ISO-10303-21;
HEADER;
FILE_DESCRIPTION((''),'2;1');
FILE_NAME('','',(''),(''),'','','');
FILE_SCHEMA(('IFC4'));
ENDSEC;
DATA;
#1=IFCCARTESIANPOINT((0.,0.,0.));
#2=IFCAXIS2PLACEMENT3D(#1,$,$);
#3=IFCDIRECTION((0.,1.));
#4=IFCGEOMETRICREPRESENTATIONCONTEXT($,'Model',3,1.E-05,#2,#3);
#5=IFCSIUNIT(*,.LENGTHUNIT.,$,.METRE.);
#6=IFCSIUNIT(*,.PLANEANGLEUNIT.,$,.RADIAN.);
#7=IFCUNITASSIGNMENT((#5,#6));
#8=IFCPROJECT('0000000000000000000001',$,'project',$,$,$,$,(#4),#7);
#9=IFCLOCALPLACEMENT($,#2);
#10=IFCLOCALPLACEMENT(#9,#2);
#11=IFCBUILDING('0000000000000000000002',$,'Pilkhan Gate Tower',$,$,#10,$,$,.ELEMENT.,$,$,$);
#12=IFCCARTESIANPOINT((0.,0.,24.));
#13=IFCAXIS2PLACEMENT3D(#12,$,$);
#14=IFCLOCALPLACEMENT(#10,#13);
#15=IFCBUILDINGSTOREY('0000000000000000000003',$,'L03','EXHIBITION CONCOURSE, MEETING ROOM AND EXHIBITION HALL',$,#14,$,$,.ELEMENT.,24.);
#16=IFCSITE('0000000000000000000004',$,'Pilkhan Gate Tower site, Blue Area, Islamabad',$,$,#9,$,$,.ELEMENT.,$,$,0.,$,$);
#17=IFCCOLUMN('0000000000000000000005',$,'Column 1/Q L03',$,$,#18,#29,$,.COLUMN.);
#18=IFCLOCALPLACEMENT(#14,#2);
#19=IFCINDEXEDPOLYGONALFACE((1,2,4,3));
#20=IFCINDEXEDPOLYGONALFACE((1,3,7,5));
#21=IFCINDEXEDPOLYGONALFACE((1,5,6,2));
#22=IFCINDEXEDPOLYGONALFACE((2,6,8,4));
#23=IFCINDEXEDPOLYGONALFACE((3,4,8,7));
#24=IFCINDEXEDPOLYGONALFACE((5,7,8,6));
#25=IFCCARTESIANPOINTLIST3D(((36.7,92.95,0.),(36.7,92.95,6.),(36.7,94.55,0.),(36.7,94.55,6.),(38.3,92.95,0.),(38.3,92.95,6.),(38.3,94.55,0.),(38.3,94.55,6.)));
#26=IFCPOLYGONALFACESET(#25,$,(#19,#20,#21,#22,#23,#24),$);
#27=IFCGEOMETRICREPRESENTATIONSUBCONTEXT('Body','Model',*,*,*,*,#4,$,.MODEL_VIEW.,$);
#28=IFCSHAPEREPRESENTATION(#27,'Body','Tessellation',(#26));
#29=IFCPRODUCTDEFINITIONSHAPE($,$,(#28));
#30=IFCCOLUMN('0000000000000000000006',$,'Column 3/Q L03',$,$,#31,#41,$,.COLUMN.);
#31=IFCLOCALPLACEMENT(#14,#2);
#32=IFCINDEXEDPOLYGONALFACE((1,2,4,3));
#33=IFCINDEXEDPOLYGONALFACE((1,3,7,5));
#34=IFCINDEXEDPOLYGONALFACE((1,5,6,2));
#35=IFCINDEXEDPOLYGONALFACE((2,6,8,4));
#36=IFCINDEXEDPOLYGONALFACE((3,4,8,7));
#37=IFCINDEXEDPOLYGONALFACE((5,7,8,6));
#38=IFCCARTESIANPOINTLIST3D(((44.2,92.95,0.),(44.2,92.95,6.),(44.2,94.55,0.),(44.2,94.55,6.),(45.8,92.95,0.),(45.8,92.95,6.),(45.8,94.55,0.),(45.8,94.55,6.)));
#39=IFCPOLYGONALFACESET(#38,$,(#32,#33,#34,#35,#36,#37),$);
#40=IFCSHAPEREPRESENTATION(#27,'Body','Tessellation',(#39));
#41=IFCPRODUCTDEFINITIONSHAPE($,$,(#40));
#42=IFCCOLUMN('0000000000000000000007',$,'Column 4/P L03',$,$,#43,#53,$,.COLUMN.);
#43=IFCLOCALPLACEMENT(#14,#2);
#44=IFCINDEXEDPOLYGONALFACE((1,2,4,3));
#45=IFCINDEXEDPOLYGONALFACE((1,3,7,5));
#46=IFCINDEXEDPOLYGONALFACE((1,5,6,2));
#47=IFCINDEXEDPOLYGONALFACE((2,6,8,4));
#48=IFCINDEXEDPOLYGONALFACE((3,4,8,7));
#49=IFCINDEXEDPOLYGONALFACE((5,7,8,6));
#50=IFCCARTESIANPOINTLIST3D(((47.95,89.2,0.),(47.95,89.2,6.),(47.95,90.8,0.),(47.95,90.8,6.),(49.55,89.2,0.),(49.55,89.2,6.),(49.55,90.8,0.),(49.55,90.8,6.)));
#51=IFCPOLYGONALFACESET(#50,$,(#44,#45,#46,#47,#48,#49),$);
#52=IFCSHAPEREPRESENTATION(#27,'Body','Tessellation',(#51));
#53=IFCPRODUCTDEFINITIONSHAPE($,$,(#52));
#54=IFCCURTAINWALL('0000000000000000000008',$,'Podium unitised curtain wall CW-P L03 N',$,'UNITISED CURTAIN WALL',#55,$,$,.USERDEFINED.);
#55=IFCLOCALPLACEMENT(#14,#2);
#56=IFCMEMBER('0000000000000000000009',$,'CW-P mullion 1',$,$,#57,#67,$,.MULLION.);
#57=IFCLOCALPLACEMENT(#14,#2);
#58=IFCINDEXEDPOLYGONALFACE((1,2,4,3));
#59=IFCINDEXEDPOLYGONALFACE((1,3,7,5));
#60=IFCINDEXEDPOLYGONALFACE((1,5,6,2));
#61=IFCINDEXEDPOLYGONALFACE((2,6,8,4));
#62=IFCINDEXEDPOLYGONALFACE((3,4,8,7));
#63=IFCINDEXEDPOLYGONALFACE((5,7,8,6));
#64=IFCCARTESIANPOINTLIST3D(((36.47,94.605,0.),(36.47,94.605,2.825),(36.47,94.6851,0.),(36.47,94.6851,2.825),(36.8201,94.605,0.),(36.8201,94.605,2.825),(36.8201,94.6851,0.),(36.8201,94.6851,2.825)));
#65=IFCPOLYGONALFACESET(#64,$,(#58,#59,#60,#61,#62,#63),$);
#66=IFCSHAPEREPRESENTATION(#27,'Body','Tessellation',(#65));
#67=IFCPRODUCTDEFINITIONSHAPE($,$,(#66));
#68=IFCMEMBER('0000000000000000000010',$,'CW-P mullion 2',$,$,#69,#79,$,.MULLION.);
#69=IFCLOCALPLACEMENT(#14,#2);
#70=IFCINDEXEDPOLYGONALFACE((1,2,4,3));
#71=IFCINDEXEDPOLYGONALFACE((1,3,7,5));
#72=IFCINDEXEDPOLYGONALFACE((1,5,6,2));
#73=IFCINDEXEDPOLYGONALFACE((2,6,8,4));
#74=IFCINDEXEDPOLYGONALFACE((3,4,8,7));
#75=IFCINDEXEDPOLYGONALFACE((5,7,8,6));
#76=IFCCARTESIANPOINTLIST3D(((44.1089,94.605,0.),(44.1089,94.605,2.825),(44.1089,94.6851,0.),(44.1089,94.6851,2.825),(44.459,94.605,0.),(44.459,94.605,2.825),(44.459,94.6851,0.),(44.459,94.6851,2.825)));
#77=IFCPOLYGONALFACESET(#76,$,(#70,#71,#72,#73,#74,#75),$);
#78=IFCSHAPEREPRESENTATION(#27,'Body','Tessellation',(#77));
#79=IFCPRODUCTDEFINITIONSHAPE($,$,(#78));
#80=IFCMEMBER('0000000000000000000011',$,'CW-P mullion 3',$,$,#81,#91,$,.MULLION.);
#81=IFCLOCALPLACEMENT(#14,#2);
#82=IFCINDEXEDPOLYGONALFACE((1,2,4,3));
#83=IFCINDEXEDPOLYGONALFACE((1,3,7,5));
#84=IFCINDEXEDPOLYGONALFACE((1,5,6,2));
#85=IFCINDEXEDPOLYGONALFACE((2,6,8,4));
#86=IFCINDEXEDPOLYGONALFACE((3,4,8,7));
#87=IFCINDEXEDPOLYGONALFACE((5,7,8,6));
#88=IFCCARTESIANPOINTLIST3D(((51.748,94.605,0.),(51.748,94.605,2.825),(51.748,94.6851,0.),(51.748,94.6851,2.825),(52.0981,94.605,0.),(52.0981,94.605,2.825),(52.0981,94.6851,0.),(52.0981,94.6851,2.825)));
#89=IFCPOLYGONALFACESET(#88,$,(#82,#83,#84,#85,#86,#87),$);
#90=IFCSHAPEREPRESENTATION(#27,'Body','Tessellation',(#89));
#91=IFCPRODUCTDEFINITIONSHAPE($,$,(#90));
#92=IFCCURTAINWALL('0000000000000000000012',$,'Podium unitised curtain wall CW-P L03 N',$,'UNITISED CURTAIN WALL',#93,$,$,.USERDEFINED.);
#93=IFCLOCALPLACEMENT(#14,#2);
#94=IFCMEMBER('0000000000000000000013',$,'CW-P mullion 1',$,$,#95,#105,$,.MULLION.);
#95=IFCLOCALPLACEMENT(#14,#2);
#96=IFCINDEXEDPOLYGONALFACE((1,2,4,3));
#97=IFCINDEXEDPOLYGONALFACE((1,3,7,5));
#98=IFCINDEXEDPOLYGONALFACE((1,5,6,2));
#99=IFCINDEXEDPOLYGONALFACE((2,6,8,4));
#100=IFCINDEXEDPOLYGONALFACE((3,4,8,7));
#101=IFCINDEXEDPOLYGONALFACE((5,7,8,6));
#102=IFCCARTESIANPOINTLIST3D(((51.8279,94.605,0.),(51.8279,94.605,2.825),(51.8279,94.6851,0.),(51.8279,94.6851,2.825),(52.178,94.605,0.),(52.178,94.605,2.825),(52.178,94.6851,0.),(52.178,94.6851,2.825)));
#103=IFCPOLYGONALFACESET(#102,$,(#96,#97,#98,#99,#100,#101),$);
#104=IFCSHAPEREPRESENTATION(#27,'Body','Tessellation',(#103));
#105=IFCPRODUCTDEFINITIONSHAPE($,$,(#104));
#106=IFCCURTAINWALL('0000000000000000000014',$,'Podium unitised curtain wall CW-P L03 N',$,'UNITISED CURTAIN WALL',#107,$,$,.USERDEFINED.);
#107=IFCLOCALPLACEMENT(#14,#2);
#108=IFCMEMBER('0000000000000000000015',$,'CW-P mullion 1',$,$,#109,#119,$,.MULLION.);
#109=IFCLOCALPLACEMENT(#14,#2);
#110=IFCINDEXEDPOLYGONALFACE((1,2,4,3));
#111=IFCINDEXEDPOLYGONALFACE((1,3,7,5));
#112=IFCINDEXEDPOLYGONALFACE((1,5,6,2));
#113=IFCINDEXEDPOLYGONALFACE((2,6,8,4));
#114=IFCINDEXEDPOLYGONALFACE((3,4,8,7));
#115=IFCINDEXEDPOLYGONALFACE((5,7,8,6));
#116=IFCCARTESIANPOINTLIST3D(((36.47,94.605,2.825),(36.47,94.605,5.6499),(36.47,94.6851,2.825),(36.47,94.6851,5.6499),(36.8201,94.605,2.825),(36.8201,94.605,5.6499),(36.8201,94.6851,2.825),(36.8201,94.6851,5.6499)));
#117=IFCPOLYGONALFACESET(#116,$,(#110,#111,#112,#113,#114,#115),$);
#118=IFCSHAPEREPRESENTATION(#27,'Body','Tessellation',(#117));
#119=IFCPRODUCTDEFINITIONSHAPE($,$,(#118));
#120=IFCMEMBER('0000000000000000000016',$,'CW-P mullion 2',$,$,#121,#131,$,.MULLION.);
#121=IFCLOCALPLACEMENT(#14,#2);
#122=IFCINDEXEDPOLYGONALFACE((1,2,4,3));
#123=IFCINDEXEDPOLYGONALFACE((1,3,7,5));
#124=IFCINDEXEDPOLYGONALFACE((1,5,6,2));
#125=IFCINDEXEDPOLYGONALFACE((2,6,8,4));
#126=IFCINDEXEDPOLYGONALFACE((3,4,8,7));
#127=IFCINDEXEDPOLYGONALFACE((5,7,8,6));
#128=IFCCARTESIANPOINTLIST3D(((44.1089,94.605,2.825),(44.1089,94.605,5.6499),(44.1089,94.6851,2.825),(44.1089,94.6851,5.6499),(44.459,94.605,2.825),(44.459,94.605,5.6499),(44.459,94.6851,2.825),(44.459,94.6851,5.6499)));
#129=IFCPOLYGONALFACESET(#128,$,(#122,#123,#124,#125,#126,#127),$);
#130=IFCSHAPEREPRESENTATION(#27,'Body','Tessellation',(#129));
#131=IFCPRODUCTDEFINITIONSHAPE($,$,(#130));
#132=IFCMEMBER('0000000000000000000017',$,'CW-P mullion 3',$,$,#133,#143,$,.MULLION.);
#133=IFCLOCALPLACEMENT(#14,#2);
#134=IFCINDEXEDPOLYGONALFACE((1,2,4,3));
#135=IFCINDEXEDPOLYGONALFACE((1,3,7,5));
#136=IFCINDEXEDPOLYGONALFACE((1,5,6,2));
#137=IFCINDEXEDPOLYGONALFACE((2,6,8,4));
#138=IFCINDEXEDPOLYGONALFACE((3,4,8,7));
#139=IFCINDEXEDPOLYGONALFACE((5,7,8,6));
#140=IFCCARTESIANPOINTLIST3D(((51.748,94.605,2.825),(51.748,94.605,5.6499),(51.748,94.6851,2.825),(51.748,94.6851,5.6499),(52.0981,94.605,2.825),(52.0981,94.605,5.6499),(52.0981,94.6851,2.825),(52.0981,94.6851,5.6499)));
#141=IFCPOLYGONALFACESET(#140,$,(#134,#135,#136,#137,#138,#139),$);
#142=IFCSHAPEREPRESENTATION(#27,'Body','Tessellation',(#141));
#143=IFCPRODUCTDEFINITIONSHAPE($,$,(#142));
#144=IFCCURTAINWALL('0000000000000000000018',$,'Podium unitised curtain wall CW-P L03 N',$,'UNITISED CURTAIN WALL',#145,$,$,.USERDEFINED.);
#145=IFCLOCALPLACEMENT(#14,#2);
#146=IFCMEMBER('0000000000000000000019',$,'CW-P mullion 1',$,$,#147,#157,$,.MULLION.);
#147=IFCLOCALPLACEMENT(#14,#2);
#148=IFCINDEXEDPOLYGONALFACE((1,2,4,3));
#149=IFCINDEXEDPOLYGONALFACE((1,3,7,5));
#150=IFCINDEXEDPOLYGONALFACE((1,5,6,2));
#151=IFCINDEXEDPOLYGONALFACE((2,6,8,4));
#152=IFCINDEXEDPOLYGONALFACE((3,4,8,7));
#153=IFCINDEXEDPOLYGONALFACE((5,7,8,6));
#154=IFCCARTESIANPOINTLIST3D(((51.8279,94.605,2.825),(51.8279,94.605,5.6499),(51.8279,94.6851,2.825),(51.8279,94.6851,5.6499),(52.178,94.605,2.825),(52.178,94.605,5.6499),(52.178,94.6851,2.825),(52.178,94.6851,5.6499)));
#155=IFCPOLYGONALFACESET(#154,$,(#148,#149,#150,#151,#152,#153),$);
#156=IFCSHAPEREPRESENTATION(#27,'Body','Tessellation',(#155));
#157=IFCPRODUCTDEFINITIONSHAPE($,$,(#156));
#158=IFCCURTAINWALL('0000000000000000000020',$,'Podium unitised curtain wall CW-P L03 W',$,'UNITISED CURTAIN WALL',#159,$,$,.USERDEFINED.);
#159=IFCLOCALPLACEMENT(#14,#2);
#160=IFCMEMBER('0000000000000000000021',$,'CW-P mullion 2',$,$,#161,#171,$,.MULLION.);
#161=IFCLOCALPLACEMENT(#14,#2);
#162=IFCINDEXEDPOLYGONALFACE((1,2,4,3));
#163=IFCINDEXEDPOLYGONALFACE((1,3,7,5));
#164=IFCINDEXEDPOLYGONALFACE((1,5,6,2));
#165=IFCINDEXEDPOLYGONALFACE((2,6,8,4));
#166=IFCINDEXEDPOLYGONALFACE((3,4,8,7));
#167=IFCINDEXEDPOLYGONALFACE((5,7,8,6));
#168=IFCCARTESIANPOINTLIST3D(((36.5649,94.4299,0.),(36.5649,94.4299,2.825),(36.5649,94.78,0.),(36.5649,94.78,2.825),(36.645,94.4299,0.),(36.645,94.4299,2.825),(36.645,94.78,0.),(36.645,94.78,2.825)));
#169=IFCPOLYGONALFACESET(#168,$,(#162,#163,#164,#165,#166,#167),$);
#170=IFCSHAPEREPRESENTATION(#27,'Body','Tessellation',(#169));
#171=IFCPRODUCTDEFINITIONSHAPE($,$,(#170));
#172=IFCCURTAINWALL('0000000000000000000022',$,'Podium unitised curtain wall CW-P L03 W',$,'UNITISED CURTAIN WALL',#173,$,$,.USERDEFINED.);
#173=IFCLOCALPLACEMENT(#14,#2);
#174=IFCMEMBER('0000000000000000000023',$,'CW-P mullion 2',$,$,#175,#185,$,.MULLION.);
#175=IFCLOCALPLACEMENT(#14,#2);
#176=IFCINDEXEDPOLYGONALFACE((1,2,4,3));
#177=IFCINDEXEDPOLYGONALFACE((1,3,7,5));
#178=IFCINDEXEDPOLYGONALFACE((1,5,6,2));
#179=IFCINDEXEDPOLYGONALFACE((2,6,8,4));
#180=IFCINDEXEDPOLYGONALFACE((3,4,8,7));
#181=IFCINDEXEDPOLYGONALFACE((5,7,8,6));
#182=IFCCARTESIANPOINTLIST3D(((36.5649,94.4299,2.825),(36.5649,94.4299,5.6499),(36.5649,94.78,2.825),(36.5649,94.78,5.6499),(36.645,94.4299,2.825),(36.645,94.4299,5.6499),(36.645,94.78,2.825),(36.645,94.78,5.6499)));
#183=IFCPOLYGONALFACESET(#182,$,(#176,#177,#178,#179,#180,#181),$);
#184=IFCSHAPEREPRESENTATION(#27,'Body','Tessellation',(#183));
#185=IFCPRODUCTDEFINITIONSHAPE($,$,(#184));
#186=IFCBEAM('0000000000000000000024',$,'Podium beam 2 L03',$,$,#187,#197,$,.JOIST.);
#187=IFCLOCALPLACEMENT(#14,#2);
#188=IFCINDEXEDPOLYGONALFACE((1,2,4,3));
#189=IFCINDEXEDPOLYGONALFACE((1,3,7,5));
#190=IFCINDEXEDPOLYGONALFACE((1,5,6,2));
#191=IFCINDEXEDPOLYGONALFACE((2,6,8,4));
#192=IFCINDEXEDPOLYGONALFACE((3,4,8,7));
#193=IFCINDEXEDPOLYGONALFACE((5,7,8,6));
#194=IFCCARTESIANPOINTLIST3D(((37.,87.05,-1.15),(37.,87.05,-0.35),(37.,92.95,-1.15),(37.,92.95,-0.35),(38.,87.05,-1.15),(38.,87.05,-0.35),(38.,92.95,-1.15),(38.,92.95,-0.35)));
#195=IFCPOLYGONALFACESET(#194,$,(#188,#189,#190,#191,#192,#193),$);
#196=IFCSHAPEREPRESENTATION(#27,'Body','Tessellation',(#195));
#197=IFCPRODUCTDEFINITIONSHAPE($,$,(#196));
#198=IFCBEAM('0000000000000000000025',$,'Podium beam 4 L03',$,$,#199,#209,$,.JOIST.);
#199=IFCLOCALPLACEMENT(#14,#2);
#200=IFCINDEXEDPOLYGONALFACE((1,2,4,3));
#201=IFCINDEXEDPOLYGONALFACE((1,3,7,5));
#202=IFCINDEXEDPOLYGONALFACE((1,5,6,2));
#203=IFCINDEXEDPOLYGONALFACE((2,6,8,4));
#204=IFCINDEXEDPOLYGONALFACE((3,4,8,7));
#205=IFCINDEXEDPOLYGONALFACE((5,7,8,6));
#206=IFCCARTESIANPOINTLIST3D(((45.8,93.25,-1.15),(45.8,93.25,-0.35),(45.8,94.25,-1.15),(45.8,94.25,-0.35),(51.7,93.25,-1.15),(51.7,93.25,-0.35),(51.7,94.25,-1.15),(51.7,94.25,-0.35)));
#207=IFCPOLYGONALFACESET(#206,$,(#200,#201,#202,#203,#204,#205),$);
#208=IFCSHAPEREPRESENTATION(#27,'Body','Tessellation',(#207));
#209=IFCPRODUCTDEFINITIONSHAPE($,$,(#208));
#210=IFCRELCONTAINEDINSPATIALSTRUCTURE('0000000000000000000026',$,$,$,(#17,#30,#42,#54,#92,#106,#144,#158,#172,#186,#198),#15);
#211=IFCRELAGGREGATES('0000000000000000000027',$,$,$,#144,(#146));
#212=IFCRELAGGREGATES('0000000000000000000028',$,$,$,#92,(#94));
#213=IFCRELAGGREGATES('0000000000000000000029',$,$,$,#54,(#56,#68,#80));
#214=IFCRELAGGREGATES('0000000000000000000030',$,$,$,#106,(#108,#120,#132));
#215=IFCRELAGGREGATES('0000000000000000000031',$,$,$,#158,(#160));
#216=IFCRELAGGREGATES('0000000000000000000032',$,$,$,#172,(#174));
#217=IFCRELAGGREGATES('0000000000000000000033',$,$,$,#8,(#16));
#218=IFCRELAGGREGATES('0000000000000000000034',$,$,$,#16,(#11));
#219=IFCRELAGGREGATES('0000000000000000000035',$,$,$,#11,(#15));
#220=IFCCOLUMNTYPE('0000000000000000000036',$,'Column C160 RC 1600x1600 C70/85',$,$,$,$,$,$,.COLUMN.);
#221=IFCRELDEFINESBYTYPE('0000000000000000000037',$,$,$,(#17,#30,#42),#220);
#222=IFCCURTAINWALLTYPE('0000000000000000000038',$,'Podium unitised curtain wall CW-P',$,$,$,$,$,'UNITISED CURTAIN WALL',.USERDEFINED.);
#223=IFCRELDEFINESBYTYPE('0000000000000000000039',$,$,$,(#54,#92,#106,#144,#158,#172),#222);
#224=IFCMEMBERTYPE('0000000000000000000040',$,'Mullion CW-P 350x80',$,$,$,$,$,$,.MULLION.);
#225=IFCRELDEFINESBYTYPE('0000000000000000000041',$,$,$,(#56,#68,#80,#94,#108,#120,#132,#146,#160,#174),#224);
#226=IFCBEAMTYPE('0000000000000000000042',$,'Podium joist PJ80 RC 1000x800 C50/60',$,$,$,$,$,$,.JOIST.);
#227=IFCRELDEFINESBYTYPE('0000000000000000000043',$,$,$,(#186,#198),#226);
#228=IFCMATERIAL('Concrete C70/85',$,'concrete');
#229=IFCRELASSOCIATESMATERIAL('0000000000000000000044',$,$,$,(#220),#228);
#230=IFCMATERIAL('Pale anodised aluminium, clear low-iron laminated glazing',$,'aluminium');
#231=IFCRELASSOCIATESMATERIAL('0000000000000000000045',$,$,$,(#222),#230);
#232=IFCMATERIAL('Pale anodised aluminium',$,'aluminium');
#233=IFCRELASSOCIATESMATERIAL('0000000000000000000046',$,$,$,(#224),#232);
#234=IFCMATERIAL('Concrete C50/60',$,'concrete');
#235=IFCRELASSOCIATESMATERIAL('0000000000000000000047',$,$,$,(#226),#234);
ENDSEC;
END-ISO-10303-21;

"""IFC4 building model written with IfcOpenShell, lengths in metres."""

from ifc_helpers import new_model, si_unit, direction, frame, origin, origin_2d, place, context, subcontext, project, spatial, rectangle, extrude, material, material_profile, profile_set, type_object, element, aggregate, save


model = new_model("IFC4")

# Units and contexts
model_context = context("Model", 3, precision=1e-05, world=origin(), true_north=direction((0.0, 1.0)))
body_context = subcontext(model_context, "Body", "Model", "MODEL_VIEW")
ifc_project = project(units=[si_unit("LENGTHUNIT", "METRE"), si_unit("PLANEANGLEUNIT", "RADIAN")], contexts=[model_context])

# Site, building, storey
site_placement = place(None, origin())
site = spatial("IfcSite", under=ifc_project, at=site_placement, Name="Pilkhan Gate Tower site, Blue Area, Islamabad", CompositionType="ELEMENT", RefElevation=0.0)
building_placement = place(site_placement, origin())
building = spatial("IfcBuilding", under=site, at=building_placement, Name="Pilkhan Gate Tower", CompositionType="ELEMENT")
storey_placement = place(building_placement, frame((0.0, 0.0, 24.0)))
storey = spatial("IfcBuildingStorey", under=building, at=storey_placement, Name="L03", Description="EXHIBITION CONCOURSE, MEETING ROOM AND EXHIBITION HALL", CompositionType="ELEMENT", Elevation=24.0)

# Columns
ifc_material_1 = material(Name="Concrete C70/85", Category="concrete")
ifc_material_profile_1 = material_profile(ifc_material_1, rectangle(XDim=1.6001, YDim=1.6001, at=origin_2d()), Name="RC 1600x1600")
ifc_profile_set_1 = profile_set([ifc_material_profile_1], Name="Concrete C70/85")
column_type = type_object("IfcColumnType", Name="Column C160 RC 1600x1600 C70/85", PredefinedType="COLUMN", material=ifc_profile_set_1)
for number, where, z_axis, x_axis, name in (
    (1, (37.5, 93.75, 0.0), (0.0, 0.0, 1.0), (1.0, 0.0, 0.0), "Column 1/Q L03"),
    (2, (45.0, 93.75, 0.0), (0.0, 0.0, 1.0), (1.0, 0.0, 0.0), "Column 3/Q L03"),
    (3, (48.75, 90.0, 0.0), (0.0, 0.0, 1.0), (1.0, 0.0, 0.0), "Column 4/P L03"),
):
    element("IfcColumn", number, at=place(storey_placement, frame(where, z_axis=z_axis, x_axis=x_axis)), inside=storey, type_object=column_type, Name=name, PredefinedType="COLUMN", context=body_context, shape_type="SweptSolid", body=[
        extrude(rectangle(XDim=1.6001, YDim=1.6001, at=origin_2d()), origin(), (0.0, 0.0, 1.0), 6.0),
    ])

# Curtain wall, members
ifc_material_2 = material(Name="Pale anodised aluminium, clear low-iron laminated glazing", Category="aluminium")
curtain_wall_type = type_object("IfcCurtainWallType", Name="Podium unitised curtain wall CW-P", ElementType="UNITISED CURTAIN WALL", PredefinedType="USERDEFINED", material=ifc_material_2)
curtain_wall_1_placement = place(storey_placement, origin())
curtain_wall_1 = element("IfcCurtainWall", 4, at=curtain_wall_1_placement, inside=storey, type_object=curtain_wall_type, Name="Podium unitised curtain wall CW-P L03 N", ObjectType="UNITISED CURTAIN WALL", PredefinedType="USERDEFINED")
ifc_material_3 = material(Name="Pale anodised aluminium", Category="aluminium")
ifc_material_profile_2 = material_profile(ifc_material_3, rectangle(XDim=0.0801, YDim=0.3501, at=origin_2d()), Name="Mullion 350x80")
ifc_profile_set_2 = profile_set([ifc_material_profile_2], Name="Pale anodised aluminium")
member_type_1 = type_object("IfcMemberType", Name="Mullion CW-P 350x80", PredefinedType="MULLION", material=ifc_profile_set_2)
member_1_placement = place(storey_placement, frame((36.645, 94.645, 0.0), z_axis=(0.0, 0.0, 1.0), x_axis=(0.0, 1.0, 0.0)))
member_1 = element("IfcMember", 5, at=member_1_placement, type_object=member_type_1, Name="CW-P mullion 1", PredefinedType="MULLION", context=body_context, shape_type="SweptSolid", body=[
    extrude(rectangle(XDim=0.0801, YDim=0.3501, at=origin_2d()), origin(), (0.0, 0.0, 1.0), 2.825),
])
member_2_placement = place(storey_placement, frame((44.2839, 94.645, 0.0), z_axis=(0.0, 0.0, 1.0), x_axis=(0.0, 1.0, 0.0)))
member_2 = element("IfcMember", 6, at=member_2_placement, type_object=member_type_1, Name="CW-P mullion 2", PredefinedType="MULLION", context=body_context, shape_type="SweptSolid", body=[
    extrude(rectangle(XDim=0.0801, YDim=0.3501, at=origin_2d()), origin(), (0.0, 0.0, 1.0), 2.825),
])
member_3_placement = place(storey_placement, frame((51.9231, 94.645, 0.0), z_axis=(0.0, 0.0, 1.0), x_axis=(0.0, 1.0, 0.0)))
member_3 = element("IfcMember", 7, at=member_3_placement, type_object=member_type_1, Name="CW-P mullion 3", PredefinedType="MULLION", context=body_context, shape_type="SweptSolid", body=[
    extrude(rectangle(XDim=0.0801, YDim=0.3501, at=origin_2d()), origin(), (0.0, 0.0, 1.0), 2.825),
])

# Curtain wall, member
curtain_wall_2_placement = place(storey_placement, origin())
curtain_wall_2 = element("IfcCurtainWall", 8, at=curtain_wall_2_placement, inside=storey, type_object=curtain_wall_type, Name="Podium unitised curtain wall CW-P L03 N", ObjectType="UNITISED CURTAIN WALL", PredefinedType="USERDEFINED")
member_4_placement = place(storey_placement, frame((52.0029, 94.645, 0.0), z_axis=(0.0, 0.0, 1.0), x_axis=(0.0, 1.0, 0.0)))
member_4 = element("IfcMember", 9, at=member_4_placement, type_object=member_type_1, Name="CW-P mullion 1", PredefinedType="MULLION", context=body_context, shape_type="SweptSolid", body=[
    extrude(rectangle(XDim=0.0801, YDim=0.3501, at=origin_2d()), origin(), (0.0, 0.0, 1.0), 2.825),
])

# Curtain wall, members
curtain_wall_3_placement = place(storey_placement, origin())
curtain_wall_3 = element("IfcCurtainWall", 10, at=curtain_wall_3_placement, inside=storey, type_object=curtain_wall_type, Name="Podium unitised curtain wall CW-P L03 N", ObjectType="UNITISED CURTAIN WALL", PredefinedType="USERDEFINED")
member_5_placement = place(storey_placement, frame((36.645, 94.645, 2.825), z_axis=(0.0, 0.0, 1.0), x_axis=(0.0, 1.0, 0.0)))
member_5 = element("IfcMember", 11, at=member_5_placement, type_object=member_type_1, Name="CW-P mullion 1", PredefinedType="MULLION", context=body_context, shape_type="SweptSolid", body=[
    extrude(rectangle(XDim=0.0801, YDim=0.3501, at=origin_2d()), origin(), (0.0, 0.0, 1.0), 2.825),
])
member_6_placement = place(storey_placement, frame((44.2839, 94.645, 2.825), z_axis=(0.0, 0.0, 1.0), x_axis=(0.0, 1.0, 0.0)))
member_6 = element("IfcMember", 12, at=member_6_placement, type_object=member_type_1, Name="CW-P mullion 2", PredefinedType="MULLION", context=body_context, shape_type="SweptSolid", body=[
    extrude(rectangle(XDim=0.0801, YDim=0.3501, at=origin_2d()), origin(), (0.0, 0.0, 1.0), 2.825),
])
member_7_placement = place(storey_placement, frame((51.9231, 94.645, 2.825), z_axis=(0.0, 0.0, 1.0), x_axis=(0.0, 1.0, 0.0)))
member_7 = element("IfcMember", 13, at=member_7_placement, type_object=member_type_1, Name="CW-P mullion 3", PredefinedType="MULLION", context=body_context, shape_type="SweptSolid", body=[
    extrude(rectangle(XDim=0.0801, YDim=0.3501, at=origin_2d()), origin(), (0.0, 0.0, 1.0), 2.825),
])

# Curtain walls, members
curtain_wall_4_placement = place(storey_placement, origin())
curtain_wall_4 = element("IfcCurtainWall", 14, at=curtain_wall_4_placement, inside=storey, type_object=curtain_wall_type, Name="Podium unitised curtain wall CW-P L03 N", ObjectType="UNITISED CURTAIN WALL", PredefinedType="USERDEFINED")
member_8_placement = place(storey_placement, frame((52.0029, 94.645, 2.825), z_axis=(0.0, 0.0, 1.0), x_axis=(0.0, 1.0, 0.0)))
member_8 = element("IfcMember", 15, at=member_8_placement, type_object=member_type_1, Name="CW-P mullion 1", PredefinedType="MULLION", context=body_context, shape_type="SweptSolid", body=[
    extrude(rectangle(XDim=0.0801, YDim=0.3501, at=origin_2d()), origin(), (0.0, 0.0, 1.0), 2.825),
])
aggregate(curtain_wall_4, [member_8])
curtain_wall_5_placement = place(storey_placement, origin())
curtain_wall_5 = element("IfcCurtainWall", 16, at=curtain_wall_5_placement, inside=storey, type_object=curtain_wall_type, Name="Podium unitised curtain wall CW-P L03 W", ObjectType="UNITISED CURTAIN WALL", PredefinedType="USERDEFINED")
member_9_placement = place(storey_placement, frame((36.605, 94.605, 0.0), z_axis=(0.0, 0.0, 1.0), x_axis=(-1.0, 0.0, 0.0)))
member_9 = element("IfcMember", 17, at=member_9_placement, type_object=member_type_1, Name="CW-P mullion 2", PredefinedType="MULLION", context=body_context, shape_type="SweptSolid", body=[
    extrude(rectangle(XDim=0.0801, YDim=0.3501, at=origin_2d()), origin(), (0.0, 0.0, 1.0), 2.825),
])
curtain_wall_6_placement = place(storey_placement, origin())
curtain_wall_6 = element("IfcCurtainWall", 18, at=curtain_wall_6_placement, inside=storey, type_object=curtain_wall_type, Name="Podium unitised curtain wall CW-P L03 W", ObjectType="UNITISED CURTAIN WALL", PredefinedType="USERDEFINED")
member_10_placement = place(storey_placement, frame((36.605, 94.605, 2.825), z_axis=(0.0, 0.0, 1.0), x_axis=(-1.0, 0.0, 0.0)))
member_10 = element("IfcMember", 19, at=member_10_placement, type_object=member_type_1, Name="CW-P mullion 2", PredefinedType="MULLION", context=body_context, shape_type="SweptSolid", body=[
    extrude(rectangle(XDim=0.0801, YDim=0.3501, at=origin_2d()), origin(), (0.0, 0.0, 1.0), 2.825),
])

# Beams
ifc_material_4 = material(Name="Concrete C50/60", Category="concrete")
ifc_material_profile_3 = material_profile(ifc_material_4, rectangle(XDim=1.0, YDim=0.8, at=origin_2d()), Name="RC 1000x800")
ifc_profile_set_3 = profile_set([ifc_material_profile_3], Name="Concrete C50/60")
beam_type_1 = type_object("IfcBeamType", Name="Podium joist PJ80 RC 1000x800 C50/60", PredefinedType="JOIST", material=ifc_profile_set_3)
for number, where, z_axis, x_axis, name in (
    (20, (37.5, 87.05, -0.75), (0.0, 1.0, 0.0), (-1.0, 0.0, 0.0), "Podium beam 2 L03"),
    (21, (45.8, 93.75, -0.75), (1.0, 0.0, 0.0), (0.0, 1.0, 0.0), "Podium beam 4 L03"),
):
    element("IfcBeam", number, at=place(storey_placement, frame(where, z_axis=z_axis, x_axis=x_axis)), inside=storey, type_object=beam_type_1, Name=name, PredefinedType="JOIST", context=body_context, shape_type="SweptSolid", body=[
        extrude(rectangle(XDim=1.0, YDim=0.8, at=origin_2d()), origin(), (0.0, 0.0, 1.0), 5.8999),
    ])

aggregate(curtain_wall_2, [member_4])

aggregate(curtain_wall_1, [member_1, member_2, member_3])
aggregate(curtain_wall_3, [member_5, member_6, member_7])
aggregate(curtain_wall_5, [member_9])
aggregate(curtain_wall_6, [member_10])

save(model, "model.ifc")
